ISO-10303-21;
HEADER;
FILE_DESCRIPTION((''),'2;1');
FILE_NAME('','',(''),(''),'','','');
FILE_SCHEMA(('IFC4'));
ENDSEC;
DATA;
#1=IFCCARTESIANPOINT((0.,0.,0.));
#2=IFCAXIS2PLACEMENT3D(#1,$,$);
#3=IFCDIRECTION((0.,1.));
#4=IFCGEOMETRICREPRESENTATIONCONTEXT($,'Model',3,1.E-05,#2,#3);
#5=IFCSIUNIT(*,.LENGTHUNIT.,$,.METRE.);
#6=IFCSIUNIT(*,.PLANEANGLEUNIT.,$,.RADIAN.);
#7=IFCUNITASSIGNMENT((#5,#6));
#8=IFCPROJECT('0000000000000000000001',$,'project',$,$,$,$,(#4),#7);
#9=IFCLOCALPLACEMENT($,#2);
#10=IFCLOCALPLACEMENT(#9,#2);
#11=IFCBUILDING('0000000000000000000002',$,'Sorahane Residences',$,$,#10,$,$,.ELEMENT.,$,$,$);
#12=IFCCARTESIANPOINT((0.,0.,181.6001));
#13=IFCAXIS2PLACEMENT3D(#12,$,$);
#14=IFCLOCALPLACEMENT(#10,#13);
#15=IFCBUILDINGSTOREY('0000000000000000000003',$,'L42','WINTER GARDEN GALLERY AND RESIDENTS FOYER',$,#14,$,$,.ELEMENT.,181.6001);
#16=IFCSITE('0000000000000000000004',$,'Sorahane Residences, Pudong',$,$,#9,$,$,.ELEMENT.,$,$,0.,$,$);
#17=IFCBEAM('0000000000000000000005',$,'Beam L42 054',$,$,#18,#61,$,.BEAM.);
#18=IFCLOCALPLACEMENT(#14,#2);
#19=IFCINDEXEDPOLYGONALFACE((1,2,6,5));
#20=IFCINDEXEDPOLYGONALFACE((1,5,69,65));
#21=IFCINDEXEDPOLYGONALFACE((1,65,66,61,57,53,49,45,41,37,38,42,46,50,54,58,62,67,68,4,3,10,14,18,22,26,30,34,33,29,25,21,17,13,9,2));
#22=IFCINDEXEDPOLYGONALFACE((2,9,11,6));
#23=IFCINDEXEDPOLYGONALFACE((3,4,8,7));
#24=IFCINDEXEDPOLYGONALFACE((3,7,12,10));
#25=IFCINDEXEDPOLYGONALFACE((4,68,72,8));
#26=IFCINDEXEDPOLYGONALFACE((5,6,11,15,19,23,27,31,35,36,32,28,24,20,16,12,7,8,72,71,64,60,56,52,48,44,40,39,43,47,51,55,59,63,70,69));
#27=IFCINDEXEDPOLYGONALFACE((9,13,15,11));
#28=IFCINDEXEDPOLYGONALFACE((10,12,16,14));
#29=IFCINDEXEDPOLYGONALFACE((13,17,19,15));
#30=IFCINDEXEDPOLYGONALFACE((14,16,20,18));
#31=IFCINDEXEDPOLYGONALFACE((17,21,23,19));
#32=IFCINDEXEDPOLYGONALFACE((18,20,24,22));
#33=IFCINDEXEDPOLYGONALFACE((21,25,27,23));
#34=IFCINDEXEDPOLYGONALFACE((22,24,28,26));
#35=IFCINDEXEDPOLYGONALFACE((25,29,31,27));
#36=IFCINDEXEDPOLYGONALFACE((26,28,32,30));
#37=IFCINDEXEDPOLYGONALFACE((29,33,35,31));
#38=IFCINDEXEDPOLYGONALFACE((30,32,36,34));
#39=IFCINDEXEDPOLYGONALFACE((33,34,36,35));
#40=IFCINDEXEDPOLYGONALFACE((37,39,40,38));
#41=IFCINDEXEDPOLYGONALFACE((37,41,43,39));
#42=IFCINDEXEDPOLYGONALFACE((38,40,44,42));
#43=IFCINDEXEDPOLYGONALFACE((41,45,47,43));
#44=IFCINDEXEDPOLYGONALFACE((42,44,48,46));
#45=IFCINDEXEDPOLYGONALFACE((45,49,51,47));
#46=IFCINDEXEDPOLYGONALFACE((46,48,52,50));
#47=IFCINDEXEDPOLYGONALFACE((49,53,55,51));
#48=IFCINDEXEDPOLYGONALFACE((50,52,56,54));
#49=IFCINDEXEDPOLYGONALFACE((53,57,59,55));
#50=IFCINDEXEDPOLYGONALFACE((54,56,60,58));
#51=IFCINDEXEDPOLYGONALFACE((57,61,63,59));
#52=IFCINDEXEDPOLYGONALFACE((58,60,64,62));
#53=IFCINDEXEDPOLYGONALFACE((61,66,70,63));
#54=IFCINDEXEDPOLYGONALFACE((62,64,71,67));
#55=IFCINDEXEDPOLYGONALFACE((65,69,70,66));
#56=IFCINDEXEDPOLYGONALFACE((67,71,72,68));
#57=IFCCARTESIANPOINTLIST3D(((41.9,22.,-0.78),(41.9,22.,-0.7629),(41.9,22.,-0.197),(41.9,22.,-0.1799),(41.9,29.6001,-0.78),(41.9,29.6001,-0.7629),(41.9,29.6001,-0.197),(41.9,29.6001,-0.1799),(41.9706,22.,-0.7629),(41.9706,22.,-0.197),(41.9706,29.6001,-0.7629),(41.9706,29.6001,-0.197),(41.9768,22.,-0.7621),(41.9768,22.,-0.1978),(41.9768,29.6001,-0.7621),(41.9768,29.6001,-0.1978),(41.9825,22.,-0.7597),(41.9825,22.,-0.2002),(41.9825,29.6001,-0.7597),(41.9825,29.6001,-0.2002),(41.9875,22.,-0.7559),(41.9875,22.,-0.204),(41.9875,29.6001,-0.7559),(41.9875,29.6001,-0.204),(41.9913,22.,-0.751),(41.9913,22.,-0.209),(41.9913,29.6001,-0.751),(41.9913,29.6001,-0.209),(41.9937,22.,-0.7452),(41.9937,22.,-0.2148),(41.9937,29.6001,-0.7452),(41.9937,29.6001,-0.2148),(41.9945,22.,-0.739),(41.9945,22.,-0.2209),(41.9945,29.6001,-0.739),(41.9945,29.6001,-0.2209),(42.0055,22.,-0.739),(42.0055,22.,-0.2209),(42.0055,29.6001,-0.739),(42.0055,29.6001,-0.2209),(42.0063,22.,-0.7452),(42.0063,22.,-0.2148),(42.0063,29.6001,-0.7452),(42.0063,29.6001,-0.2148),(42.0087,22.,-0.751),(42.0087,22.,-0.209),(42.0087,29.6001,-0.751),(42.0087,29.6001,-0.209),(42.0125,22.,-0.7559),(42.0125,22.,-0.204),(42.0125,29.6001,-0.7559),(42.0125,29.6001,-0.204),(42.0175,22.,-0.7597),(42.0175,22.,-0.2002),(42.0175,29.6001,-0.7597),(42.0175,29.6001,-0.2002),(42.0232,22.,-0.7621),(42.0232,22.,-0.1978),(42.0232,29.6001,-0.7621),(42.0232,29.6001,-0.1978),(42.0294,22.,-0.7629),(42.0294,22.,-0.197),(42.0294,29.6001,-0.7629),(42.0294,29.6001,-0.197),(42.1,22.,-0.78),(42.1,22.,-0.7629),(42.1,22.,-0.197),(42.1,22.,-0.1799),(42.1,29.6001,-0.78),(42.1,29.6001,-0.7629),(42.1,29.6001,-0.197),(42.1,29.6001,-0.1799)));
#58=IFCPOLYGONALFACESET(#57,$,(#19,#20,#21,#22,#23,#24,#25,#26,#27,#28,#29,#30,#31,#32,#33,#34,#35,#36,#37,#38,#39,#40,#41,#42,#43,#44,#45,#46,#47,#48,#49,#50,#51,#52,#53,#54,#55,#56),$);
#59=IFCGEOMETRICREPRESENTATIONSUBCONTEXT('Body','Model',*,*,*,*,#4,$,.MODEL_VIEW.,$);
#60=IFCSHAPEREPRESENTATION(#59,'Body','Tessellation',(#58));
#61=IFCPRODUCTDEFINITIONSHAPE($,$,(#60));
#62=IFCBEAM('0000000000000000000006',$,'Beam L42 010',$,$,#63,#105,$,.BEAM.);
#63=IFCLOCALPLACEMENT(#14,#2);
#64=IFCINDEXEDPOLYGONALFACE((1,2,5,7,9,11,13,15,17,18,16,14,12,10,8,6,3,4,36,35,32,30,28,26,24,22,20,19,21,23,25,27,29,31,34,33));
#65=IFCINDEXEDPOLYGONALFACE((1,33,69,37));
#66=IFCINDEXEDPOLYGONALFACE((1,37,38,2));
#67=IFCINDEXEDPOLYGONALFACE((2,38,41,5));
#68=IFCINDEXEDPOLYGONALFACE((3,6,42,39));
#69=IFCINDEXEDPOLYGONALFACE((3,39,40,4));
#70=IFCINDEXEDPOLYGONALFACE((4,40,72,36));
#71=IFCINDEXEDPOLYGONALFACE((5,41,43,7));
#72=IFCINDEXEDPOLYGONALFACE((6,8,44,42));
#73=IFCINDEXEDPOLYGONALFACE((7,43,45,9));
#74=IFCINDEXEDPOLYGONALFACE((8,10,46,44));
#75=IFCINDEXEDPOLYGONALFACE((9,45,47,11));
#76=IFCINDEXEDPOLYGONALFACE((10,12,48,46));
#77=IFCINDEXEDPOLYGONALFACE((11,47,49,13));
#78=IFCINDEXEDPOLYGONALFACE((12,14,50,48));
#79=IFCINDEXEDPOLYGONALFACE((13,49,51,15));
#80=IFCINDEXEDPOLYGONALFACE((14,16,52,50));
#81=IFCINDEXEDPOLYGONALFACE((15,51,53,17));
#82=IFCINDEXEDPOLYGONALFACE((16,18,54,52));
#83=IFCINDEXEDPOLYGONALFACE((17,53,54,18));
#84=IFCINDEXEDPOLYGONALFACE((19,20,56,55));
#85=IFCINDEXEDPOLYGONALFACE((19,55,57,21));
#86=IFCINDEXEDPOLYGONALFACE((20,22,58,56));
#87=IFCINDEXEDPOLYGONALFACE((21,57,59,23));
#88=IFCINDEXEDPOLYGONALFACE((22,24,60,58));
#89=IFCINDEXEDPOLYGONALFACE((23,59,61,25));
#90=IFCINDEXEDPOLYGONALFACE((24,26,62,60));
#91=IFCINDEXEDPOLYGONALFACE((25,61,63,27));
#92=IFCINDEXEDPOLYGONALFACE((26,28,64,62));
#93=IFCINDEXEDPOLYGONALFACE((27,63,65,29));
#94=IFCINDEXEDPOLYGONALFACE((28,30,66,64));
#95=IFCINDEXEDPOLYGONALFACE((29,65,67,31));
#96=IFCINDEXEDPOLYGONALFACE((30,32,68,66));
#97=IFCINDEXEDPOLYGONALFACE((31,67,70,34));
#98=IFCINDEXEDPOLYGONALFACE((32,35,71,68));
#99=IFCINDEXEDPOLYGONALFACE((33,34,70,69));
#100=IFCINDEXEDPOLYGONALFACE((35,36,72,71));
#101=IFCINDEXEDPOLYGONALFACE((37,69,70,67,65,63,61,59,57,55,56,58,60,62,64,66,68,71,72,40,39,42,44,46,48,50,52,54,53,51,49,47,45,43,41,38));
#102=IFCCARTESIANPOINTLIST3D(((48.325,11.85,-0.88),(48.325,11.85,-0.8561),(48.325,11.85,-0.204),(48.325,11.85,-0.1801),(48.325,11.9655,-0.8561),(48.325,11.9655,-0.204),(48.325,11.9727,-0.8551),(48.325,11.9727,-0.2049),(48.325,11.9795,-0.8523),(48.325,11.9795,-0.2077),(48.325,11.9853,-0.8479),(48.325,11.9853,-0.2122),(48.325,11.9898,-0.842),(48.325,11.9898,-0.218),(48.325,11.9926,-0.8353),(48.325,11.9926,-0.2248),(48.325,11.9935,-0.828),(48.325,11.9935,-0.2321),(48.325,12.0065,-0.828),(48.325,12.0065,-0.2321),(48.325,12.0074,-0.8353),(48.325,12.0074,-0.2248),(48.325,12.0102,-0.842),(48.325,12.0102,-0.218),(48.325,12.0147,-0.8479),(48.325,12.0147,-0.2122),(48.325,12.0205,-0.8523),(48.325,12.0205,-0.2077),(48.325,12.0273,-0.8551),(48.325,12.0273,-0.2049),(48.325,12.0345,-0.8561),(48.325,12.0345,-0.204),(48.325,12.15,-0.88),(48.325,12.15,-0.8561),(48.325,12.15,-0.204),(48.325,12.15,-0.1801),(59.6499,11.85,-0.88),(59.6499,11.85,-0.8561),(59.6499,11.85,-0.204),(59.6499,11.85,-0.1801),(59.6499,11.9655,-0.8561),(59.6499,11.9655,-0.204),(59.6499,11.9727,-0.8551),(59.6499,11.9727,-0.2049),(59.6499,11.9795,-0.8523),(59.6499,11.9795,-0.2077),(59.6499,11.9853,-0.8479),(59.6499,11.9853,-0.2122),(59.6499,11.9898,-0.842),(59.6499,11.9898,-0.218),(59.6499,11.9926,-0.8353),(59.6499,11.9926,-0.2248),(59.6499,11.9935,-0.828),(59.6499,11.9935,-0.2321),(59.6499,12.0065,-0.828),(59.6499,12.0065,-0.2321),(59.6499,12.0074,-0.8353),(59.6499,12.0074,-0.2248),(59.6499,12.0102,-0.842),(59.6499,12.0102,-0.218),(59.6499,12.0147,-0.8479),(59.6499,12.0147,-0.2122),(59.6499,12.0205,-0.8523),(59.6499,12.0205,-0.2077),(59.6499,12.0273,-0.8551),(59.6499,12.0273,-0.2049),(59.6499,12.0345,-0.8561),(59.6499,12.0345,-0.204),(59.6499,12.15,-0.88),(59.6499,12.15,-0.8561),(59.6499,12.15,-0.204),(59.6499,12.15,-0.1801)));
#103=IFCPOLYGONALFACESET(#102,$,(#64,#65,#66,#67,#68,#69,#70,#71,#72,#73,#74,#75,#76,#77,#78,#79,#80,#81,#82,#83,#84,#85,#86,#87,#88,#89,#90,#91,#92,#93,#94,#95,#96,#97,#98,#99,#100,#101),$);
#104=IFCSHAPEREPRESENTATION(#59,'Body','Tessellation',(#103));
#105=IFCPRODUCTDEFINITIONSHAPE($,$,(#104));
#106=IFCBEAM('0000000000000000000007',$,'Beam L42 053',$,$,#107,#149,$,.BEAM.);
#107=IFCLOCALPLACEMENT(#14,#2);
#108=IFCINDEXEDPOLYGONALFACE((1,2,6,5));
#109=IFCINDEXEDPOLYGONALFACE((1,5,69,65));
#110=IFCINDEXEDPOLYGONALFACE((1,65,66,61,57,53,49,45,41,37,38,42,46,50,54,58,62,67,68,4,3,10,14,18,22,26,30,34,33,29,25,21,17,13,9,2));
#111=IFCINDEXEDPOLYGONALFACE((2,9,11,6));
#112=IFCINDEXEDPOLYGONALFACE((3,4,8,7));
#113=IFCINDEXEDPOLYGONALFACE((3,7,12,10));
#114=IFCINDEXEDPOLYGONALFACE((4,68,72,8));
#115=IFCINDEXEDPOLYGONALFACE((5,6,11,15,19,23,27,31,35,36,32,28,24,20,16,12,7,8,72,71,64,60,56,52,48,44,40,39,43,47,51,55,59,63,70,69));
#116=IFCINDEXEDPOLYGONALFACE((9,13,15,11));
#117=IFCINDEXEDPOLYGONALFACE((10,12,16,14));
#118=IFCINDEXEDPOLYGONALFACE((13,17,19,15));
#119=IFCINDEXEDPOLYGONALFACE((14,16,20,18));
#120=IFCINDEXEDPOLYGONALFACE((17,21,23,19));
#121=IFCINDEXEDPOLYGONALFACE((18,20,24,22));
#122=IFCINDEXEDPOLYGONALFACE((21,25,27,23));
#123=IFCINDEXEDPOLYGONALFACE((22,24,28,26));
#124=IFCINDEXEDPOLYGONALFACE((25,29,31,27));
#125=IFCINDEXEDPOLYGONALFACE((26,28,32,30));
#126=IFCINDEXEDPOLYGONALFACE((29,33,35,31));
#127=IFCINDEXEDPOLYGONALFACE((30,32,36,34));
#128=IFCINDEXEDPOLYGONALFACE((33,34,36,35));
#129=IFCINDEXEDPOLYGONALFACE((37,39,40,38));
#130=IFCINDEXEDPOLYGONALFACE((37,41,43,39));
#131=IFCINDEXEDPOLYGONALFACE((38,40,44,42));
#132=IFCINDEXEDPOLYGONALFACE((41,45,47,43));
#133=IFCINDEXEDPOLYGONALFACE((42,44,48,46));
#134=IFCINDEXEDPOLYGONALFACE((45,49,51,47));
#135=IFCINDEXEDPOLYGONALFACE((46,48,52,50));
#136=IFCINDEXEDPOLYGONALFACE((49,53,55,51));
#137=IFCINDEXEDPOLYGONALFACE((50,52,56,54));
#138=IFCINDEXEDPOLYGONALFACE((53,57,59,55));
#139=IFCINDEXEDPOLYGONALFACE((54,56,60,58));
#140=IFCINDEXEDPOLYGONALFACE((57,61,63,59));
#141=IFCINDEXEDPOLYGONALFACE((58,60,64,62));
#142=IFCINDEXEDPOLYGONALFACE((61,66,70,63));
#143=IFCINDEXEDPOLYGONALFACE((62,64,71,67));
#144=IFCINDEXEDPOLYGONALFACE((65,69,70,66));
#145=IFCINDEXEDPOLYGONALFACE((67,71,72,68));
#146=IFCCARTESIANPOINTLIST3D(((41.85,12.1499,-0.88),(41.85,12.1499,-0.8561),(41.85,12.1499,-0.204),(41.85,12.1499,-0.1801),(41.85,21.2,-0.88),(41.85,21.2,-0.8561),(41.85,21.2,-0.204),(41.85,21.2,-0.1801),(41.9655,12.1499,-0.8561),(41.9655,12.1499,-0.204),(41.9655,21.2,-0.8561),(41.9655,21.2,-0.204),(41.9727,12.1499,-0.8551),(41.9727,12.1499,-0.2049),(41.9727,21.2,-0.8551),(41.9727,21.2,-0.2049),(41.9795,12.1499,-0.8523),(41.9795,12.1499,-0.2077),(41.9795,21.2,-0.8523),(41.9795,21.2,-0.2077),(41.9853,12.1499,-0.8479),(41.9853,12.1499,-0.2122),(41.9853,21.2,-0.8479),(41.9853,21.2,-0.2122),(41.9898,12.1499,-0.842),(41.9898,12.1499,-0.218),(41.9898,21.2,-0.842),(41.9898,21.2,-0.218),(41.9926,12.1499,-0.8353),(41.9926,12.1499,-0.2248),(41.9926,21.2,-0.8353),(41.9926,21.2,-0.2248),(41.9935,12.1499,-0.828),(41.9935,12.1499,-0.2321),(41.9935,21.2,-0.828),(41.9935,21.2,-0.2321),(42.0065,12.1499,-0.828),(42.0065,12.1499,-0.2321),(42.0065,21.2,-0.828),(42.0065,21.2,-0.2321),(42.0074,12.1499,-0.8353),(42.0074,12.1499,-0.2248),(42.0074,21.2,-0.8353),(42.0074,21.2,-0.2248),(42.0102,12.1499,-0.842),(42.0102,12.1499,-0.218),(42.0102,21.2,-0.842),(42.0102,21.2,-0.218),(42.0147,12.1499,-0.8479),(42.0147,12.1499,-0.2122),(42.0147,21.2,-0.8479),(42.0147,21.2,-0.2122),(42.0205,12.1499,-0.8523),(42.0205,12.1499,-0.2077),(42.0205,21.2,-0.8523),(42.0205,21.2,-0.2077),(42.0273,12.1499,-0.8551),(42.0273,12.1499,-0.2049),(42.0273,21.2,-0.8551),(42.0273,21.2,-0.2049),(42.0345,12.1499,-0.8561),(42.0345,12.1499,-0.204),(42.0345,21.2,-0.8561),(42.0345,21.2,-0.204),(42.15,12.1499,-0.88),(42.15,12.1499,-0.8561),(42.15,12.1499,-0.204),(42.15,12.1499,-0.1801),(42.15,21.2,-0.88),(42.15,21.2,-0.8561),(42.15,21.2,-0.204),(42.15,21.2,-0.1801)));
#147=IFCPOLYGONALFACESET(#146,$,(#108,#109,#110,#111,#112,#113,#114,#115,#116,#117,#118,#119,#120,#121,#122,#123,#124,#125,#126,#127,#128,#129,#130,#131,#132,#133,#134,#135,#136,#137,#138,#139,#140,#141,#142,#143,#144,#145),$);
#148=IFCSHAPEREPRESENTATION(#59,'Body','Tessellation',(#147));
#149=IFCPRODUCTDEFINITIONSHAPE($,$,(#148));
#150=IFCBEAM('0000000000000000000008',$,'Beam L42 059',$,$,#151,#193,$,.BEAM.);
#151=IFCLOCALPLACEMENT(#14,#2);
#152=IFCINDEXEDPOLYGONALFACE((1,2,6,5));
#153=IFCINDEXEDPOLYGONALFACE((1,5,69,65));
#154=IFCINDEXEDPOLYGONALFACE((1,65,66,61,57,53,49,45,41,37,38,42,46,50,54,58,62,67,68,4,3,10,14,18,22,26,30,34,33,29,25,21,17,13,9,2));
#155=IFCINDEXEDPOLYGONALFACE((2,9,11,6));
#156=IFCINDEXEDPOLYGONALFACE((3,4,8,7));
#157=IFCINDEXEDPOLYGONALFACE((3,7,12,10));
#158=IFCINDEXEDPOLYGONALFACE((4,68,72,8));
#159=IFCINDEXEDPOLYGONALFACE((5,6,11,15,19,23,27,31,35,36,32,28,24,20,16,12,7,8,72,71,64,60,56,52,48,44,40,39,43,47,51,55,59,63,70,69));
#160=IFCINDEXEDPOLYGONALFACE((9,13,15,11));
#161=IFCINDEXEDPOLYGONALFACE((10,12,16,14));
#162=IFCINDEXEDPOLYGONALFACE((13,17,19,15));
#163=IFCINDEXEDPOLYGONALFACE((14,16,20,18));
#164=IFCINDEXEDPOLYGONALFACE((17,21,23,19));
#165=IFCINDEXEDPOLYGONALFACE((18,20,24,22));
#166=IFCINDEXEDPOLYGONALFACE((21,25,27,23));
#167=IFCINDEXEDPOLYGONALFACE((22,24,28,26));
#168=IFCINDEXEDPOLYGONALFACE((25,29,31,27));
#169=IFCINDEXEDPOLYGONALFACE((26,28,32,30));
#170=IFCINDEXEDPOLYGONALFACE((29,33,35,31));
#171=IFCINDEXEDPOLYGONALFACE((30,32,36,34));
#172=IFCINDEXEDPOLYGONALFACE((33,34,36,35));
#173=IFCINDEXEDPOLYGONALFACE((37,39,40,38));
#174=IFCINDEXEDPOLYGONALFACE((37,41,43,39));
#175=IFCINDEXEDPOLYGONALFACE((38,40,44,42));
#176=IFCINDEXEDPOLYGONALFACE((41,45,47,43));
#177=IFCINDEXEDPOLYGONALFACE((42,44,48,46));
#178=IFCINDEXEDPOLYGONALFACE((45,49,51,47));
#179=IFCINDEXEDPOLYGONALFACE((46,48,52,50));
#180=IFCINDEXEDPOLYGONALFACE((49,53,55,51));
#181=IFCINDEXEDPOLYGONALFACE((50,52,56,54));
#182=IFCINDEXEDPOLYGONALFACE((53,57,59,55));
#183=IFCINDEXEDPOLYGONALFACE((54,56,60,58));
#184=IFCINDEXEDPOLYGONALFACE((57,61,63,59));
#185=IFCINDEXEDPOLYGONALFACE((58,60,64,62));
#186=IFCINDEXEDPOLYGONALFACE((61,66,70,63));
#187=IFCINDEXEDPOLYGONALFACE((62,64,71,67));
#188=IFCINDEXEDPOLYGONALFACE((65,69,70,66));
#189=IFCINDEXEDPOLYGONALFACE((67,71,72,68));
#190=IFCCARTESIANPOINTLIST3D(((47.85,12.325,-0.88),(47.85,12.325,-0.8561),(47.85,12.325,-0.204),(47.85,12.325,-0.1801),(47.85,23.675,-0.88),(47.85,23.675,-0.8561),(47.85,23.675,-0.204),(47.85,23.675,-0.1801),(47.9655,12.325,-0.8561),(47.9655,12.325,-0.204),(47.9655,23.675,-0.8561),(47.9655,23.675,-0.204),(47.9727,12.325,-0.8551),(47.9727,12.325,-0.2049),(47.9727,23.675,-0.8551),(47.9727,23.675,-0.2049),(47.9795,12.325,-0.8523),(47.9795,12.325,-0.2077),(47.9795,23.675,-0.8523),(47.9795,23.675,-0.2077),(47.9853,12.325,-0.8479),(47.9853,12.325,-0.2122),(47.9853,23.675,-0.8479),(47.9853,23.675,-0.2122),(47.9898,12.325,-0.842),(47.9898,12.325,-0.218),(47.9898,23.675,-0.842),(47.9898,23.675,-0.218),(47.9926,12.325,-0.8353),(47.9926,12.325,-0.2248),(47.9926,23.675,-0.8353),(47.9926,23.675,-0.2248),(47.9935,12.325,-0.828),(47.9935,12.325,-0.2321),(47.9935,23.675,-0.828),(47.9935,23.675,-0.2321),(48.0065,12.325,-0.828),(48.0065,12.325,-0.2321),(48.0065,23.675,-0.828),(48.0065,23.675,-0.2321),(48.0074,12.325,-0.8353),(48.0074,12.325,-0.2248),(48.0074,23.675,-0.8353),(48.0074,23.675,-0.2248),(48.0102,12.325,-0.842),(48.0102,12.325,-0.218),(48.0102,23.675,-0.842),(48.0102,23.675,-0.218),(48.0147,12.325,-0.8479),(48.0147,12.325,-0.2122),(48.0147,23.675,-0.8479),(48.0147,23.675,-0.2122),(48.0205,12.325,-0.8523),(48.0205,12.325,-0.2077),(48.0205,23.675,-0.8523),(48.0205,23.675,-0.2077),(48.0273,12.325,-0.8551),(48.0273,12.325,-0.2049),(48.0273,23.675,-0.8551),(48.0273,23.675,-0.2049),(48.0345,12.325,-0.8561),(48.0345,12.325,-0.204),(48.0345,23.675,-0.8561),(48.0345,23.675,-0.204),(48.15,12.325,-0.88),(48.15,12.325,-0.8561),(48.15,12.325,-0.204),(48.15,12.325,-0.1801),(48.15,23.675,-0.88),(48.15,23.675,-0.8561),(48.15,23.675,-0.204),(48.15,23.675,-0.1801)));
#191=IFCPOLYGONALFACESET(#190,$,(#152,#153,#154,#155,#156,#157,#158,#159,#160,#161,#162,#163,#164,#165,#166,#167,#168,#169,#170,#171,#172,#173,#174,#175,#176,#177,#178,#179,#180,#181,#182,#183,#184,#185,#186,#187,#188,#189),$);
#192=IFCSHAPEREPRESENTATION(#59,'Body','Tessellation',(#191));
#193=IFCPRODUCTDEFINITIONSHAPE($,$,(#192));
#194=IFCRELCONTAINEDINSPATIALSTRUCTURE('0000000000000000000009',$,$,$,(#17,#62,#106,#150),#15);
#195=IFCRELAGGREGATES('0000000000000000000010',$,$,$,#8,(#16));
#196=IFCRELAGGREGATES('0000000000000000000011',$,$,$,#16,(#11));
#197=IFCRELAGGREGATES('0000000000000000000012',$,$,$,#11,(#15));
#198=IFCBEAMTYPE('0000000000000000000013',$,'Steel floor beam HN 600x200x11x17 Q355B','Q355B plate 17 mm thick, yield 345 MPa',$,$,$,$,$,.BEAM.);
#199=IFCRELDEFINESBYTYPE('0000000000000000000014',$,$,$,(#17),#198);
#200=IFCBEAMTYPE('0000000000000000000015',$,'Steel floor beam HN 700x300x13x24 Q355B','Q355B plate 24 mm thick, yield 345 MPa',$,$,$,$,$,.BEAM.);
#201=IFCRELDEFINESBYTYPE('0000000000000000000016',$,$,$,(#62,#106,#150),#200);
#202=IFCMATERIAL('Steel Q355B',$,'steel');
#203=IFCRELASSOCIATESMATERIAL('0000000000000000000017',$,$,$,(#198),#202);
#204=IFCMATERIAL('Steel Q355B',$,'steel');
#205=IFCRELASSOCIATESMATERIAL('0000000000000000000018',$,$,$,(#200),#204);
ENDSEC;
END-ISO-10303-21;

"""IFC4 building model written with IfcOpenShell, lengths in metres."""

from ifc_helpers import new_model, si_unit, direction, frame, origin, origin_2d, place, context, subcontext, project, spatial, i_section, extrude, material, material_profile, profile_set, type_object, element, save


model = new_model("IFC4")

# Units and contexts
model_context = context("Model", 3, precision=1e-05, world=origin(), true_north=direction((0.0, 1.0)))
body_context = subcontext(model_context, "Body", "Model", "MODEL_VIEW")
ifc_project = project(units=[si_unit("LENGTHUNIT", "METRE"), si_unit("PLANEANGLEUNIT", "RADIAN")], contexts=[model_context])

# Site, building, storey
site_placement = place(None, origin())
site = spatial("IfcSite", under=ifc_project, at=site_placement, Name="Sorahane Residences, Pudong", CompositionType="ELEMENT", RefElevation=0.0)
building_placement = place(site_placement, origin())
building = spatial("IfcBuilding", under=site, at=building_placement, Name="Sorahane Residences", CompositionType="ELEMENT")
storey_placement = place(building_placement, frame((0.0, 0.0, 181.6001)))
storey = spatial("IfcBuildingStorey", under=building, at=storey_placement, Name="L42", Description="WINTER GARDEN GALLERY AND RESIDENTS FOYER", CompositionType="ELEMENT", Elevation=181.6001)

# Beams
ifc_material_1 = material(Name="Steel Q355B", Category="steel")
ifc_material_profile_1 = material_profile(ifc_material_1, i_section(OverallWidth=0.2, OverallDepth=0.6001, WebThickness=0.011, FlangeThickness=0.0171, FilletRadius=0.0239, at=origin_2d()), Name="HN 600x200x11x17")
ifc_profile_set_1 = profile_set([ifc_material_profile_1], Name="Steel Q355B")
beam_type_1 = type_object("IfcBeamType", Name="Steel floor beam HN 600x200x11x17 Q355B", Description="Q355B plate 17 mm thick, yield 345 MPa", PredefinedType="BEAM", material=ifc_profile_set_1)
beam_1_placement = place(storey_placement, frame((42.0, 22.0, -0.48), z_axis=(0.0, 1.0, 0.0), x_axis=(-1.0, 0.0, 0.0)))
element("IfcBeam", 1, at=beam_1_placement, inside=storey, type_object=beam_type_1, Name="Beam L42 054", PredefinedType="BEAM", context=body_context, shape_type="SweptSolid", body=[
    extrude(i_section(OverallWidth=0.2, OverallDepth=0.6001, WebThickness=0.011, FlangeThickness=0.0171, FilletRadius=0.0239, at=origin_2d()), origin(), (0.0, 0.0, 1.0), 7.6001),
])
ifc_material_2 = material(Name="Steel Q355B", Category="steel")
ifc_material_profile_2 = material_profile(ifc_material_2, i_section(OverallWidth=0.3, OverallDepth=0.7, WebThickness=0.0129, FlangeThickness=0.0239, FilletRadius=0.0281, at=origin_2d()), Name="HN 700x300x13x24")
ifc_profile_set_2 = profile_set([ifc_material_profile_2], Name="Steel Q355B")
beam_type_2 = type_object("IfcBeamType", Name="Steel floor beam HN 700x300x13x24 Q355B", Description="Q355B plate 24 mm thick, yield 345 MPa", PredefinedType="BEAM", material=ifc_profile_set_2)
beam_2_placement = place(storey_placement, frame((48.325, 12.0, -0.53), z_axis=(1.0, 0.0, 0.0), x_axis=(0.0, 1.0, 0.0)))
element("IfcBeam", 2, at=beam_2_placement, inside=storey, type_object=beam_type_2, Name="Beam L42 010", PredefinedType="BEAM", context=body_context, shape_type="SweptSolid", body=[
    extrude(i_section(OverallWidth=0.3, OverallDepth=0.7, WebThickness=0.0129, FlangeThickness=0.0239, FilletRadius=0.0281, at=origin_2d()), origin(), (0.0, 0.0, 1.0), 11.325),
])
beam_3_placement = place(storey_placement, frame((42.0, 12.1499, -0.53), z_axis=(0.0, 1.0, 0.0), x_axis=(-1.0, 0.0, 0.0)))
element("IfcBeam", 3, at=beam_3_placement, inside=storey, type_object=beam_type_2, Name="Beam L42 053", PredefinedType="BEAM", context=body_context, shape_type="SweptSolid", body=[
    extrude(i_section(OverallWidth=0.3, OverallDepth=0.7, WebThickness=0.0129, FlangeThickness=0.0239, FilletRadius=0.0281, at=origin_2d()), origin(), (0.0, 0.0, 1.0), 9.05),
])
beam_4_placement = place(storey_placement, frame((48.0, 12.325, -0.53), z_axis=(0.0, 1.0, 0.0), x_axis=(-1.0, 0.0, 0.0)))
element("IfcBeam", 4, at=beam_4_placement, inside=storey, type_object=beam_type_2, Name="Beam L42 059", PredefinedType="BEAM", context=body_context, shape_type="SweptSolid", body=[
    extrude(i_section(OverallWidth=0.3, OverallDepth=0.7, WebThickness=0.0129, FlangeThickness=0.0239, FilletRadius=0.0281, at=origin_2d()), origin(), (0.0, 0.0, 1.0), 11.3501),
])

save(model, "model.ifc")
